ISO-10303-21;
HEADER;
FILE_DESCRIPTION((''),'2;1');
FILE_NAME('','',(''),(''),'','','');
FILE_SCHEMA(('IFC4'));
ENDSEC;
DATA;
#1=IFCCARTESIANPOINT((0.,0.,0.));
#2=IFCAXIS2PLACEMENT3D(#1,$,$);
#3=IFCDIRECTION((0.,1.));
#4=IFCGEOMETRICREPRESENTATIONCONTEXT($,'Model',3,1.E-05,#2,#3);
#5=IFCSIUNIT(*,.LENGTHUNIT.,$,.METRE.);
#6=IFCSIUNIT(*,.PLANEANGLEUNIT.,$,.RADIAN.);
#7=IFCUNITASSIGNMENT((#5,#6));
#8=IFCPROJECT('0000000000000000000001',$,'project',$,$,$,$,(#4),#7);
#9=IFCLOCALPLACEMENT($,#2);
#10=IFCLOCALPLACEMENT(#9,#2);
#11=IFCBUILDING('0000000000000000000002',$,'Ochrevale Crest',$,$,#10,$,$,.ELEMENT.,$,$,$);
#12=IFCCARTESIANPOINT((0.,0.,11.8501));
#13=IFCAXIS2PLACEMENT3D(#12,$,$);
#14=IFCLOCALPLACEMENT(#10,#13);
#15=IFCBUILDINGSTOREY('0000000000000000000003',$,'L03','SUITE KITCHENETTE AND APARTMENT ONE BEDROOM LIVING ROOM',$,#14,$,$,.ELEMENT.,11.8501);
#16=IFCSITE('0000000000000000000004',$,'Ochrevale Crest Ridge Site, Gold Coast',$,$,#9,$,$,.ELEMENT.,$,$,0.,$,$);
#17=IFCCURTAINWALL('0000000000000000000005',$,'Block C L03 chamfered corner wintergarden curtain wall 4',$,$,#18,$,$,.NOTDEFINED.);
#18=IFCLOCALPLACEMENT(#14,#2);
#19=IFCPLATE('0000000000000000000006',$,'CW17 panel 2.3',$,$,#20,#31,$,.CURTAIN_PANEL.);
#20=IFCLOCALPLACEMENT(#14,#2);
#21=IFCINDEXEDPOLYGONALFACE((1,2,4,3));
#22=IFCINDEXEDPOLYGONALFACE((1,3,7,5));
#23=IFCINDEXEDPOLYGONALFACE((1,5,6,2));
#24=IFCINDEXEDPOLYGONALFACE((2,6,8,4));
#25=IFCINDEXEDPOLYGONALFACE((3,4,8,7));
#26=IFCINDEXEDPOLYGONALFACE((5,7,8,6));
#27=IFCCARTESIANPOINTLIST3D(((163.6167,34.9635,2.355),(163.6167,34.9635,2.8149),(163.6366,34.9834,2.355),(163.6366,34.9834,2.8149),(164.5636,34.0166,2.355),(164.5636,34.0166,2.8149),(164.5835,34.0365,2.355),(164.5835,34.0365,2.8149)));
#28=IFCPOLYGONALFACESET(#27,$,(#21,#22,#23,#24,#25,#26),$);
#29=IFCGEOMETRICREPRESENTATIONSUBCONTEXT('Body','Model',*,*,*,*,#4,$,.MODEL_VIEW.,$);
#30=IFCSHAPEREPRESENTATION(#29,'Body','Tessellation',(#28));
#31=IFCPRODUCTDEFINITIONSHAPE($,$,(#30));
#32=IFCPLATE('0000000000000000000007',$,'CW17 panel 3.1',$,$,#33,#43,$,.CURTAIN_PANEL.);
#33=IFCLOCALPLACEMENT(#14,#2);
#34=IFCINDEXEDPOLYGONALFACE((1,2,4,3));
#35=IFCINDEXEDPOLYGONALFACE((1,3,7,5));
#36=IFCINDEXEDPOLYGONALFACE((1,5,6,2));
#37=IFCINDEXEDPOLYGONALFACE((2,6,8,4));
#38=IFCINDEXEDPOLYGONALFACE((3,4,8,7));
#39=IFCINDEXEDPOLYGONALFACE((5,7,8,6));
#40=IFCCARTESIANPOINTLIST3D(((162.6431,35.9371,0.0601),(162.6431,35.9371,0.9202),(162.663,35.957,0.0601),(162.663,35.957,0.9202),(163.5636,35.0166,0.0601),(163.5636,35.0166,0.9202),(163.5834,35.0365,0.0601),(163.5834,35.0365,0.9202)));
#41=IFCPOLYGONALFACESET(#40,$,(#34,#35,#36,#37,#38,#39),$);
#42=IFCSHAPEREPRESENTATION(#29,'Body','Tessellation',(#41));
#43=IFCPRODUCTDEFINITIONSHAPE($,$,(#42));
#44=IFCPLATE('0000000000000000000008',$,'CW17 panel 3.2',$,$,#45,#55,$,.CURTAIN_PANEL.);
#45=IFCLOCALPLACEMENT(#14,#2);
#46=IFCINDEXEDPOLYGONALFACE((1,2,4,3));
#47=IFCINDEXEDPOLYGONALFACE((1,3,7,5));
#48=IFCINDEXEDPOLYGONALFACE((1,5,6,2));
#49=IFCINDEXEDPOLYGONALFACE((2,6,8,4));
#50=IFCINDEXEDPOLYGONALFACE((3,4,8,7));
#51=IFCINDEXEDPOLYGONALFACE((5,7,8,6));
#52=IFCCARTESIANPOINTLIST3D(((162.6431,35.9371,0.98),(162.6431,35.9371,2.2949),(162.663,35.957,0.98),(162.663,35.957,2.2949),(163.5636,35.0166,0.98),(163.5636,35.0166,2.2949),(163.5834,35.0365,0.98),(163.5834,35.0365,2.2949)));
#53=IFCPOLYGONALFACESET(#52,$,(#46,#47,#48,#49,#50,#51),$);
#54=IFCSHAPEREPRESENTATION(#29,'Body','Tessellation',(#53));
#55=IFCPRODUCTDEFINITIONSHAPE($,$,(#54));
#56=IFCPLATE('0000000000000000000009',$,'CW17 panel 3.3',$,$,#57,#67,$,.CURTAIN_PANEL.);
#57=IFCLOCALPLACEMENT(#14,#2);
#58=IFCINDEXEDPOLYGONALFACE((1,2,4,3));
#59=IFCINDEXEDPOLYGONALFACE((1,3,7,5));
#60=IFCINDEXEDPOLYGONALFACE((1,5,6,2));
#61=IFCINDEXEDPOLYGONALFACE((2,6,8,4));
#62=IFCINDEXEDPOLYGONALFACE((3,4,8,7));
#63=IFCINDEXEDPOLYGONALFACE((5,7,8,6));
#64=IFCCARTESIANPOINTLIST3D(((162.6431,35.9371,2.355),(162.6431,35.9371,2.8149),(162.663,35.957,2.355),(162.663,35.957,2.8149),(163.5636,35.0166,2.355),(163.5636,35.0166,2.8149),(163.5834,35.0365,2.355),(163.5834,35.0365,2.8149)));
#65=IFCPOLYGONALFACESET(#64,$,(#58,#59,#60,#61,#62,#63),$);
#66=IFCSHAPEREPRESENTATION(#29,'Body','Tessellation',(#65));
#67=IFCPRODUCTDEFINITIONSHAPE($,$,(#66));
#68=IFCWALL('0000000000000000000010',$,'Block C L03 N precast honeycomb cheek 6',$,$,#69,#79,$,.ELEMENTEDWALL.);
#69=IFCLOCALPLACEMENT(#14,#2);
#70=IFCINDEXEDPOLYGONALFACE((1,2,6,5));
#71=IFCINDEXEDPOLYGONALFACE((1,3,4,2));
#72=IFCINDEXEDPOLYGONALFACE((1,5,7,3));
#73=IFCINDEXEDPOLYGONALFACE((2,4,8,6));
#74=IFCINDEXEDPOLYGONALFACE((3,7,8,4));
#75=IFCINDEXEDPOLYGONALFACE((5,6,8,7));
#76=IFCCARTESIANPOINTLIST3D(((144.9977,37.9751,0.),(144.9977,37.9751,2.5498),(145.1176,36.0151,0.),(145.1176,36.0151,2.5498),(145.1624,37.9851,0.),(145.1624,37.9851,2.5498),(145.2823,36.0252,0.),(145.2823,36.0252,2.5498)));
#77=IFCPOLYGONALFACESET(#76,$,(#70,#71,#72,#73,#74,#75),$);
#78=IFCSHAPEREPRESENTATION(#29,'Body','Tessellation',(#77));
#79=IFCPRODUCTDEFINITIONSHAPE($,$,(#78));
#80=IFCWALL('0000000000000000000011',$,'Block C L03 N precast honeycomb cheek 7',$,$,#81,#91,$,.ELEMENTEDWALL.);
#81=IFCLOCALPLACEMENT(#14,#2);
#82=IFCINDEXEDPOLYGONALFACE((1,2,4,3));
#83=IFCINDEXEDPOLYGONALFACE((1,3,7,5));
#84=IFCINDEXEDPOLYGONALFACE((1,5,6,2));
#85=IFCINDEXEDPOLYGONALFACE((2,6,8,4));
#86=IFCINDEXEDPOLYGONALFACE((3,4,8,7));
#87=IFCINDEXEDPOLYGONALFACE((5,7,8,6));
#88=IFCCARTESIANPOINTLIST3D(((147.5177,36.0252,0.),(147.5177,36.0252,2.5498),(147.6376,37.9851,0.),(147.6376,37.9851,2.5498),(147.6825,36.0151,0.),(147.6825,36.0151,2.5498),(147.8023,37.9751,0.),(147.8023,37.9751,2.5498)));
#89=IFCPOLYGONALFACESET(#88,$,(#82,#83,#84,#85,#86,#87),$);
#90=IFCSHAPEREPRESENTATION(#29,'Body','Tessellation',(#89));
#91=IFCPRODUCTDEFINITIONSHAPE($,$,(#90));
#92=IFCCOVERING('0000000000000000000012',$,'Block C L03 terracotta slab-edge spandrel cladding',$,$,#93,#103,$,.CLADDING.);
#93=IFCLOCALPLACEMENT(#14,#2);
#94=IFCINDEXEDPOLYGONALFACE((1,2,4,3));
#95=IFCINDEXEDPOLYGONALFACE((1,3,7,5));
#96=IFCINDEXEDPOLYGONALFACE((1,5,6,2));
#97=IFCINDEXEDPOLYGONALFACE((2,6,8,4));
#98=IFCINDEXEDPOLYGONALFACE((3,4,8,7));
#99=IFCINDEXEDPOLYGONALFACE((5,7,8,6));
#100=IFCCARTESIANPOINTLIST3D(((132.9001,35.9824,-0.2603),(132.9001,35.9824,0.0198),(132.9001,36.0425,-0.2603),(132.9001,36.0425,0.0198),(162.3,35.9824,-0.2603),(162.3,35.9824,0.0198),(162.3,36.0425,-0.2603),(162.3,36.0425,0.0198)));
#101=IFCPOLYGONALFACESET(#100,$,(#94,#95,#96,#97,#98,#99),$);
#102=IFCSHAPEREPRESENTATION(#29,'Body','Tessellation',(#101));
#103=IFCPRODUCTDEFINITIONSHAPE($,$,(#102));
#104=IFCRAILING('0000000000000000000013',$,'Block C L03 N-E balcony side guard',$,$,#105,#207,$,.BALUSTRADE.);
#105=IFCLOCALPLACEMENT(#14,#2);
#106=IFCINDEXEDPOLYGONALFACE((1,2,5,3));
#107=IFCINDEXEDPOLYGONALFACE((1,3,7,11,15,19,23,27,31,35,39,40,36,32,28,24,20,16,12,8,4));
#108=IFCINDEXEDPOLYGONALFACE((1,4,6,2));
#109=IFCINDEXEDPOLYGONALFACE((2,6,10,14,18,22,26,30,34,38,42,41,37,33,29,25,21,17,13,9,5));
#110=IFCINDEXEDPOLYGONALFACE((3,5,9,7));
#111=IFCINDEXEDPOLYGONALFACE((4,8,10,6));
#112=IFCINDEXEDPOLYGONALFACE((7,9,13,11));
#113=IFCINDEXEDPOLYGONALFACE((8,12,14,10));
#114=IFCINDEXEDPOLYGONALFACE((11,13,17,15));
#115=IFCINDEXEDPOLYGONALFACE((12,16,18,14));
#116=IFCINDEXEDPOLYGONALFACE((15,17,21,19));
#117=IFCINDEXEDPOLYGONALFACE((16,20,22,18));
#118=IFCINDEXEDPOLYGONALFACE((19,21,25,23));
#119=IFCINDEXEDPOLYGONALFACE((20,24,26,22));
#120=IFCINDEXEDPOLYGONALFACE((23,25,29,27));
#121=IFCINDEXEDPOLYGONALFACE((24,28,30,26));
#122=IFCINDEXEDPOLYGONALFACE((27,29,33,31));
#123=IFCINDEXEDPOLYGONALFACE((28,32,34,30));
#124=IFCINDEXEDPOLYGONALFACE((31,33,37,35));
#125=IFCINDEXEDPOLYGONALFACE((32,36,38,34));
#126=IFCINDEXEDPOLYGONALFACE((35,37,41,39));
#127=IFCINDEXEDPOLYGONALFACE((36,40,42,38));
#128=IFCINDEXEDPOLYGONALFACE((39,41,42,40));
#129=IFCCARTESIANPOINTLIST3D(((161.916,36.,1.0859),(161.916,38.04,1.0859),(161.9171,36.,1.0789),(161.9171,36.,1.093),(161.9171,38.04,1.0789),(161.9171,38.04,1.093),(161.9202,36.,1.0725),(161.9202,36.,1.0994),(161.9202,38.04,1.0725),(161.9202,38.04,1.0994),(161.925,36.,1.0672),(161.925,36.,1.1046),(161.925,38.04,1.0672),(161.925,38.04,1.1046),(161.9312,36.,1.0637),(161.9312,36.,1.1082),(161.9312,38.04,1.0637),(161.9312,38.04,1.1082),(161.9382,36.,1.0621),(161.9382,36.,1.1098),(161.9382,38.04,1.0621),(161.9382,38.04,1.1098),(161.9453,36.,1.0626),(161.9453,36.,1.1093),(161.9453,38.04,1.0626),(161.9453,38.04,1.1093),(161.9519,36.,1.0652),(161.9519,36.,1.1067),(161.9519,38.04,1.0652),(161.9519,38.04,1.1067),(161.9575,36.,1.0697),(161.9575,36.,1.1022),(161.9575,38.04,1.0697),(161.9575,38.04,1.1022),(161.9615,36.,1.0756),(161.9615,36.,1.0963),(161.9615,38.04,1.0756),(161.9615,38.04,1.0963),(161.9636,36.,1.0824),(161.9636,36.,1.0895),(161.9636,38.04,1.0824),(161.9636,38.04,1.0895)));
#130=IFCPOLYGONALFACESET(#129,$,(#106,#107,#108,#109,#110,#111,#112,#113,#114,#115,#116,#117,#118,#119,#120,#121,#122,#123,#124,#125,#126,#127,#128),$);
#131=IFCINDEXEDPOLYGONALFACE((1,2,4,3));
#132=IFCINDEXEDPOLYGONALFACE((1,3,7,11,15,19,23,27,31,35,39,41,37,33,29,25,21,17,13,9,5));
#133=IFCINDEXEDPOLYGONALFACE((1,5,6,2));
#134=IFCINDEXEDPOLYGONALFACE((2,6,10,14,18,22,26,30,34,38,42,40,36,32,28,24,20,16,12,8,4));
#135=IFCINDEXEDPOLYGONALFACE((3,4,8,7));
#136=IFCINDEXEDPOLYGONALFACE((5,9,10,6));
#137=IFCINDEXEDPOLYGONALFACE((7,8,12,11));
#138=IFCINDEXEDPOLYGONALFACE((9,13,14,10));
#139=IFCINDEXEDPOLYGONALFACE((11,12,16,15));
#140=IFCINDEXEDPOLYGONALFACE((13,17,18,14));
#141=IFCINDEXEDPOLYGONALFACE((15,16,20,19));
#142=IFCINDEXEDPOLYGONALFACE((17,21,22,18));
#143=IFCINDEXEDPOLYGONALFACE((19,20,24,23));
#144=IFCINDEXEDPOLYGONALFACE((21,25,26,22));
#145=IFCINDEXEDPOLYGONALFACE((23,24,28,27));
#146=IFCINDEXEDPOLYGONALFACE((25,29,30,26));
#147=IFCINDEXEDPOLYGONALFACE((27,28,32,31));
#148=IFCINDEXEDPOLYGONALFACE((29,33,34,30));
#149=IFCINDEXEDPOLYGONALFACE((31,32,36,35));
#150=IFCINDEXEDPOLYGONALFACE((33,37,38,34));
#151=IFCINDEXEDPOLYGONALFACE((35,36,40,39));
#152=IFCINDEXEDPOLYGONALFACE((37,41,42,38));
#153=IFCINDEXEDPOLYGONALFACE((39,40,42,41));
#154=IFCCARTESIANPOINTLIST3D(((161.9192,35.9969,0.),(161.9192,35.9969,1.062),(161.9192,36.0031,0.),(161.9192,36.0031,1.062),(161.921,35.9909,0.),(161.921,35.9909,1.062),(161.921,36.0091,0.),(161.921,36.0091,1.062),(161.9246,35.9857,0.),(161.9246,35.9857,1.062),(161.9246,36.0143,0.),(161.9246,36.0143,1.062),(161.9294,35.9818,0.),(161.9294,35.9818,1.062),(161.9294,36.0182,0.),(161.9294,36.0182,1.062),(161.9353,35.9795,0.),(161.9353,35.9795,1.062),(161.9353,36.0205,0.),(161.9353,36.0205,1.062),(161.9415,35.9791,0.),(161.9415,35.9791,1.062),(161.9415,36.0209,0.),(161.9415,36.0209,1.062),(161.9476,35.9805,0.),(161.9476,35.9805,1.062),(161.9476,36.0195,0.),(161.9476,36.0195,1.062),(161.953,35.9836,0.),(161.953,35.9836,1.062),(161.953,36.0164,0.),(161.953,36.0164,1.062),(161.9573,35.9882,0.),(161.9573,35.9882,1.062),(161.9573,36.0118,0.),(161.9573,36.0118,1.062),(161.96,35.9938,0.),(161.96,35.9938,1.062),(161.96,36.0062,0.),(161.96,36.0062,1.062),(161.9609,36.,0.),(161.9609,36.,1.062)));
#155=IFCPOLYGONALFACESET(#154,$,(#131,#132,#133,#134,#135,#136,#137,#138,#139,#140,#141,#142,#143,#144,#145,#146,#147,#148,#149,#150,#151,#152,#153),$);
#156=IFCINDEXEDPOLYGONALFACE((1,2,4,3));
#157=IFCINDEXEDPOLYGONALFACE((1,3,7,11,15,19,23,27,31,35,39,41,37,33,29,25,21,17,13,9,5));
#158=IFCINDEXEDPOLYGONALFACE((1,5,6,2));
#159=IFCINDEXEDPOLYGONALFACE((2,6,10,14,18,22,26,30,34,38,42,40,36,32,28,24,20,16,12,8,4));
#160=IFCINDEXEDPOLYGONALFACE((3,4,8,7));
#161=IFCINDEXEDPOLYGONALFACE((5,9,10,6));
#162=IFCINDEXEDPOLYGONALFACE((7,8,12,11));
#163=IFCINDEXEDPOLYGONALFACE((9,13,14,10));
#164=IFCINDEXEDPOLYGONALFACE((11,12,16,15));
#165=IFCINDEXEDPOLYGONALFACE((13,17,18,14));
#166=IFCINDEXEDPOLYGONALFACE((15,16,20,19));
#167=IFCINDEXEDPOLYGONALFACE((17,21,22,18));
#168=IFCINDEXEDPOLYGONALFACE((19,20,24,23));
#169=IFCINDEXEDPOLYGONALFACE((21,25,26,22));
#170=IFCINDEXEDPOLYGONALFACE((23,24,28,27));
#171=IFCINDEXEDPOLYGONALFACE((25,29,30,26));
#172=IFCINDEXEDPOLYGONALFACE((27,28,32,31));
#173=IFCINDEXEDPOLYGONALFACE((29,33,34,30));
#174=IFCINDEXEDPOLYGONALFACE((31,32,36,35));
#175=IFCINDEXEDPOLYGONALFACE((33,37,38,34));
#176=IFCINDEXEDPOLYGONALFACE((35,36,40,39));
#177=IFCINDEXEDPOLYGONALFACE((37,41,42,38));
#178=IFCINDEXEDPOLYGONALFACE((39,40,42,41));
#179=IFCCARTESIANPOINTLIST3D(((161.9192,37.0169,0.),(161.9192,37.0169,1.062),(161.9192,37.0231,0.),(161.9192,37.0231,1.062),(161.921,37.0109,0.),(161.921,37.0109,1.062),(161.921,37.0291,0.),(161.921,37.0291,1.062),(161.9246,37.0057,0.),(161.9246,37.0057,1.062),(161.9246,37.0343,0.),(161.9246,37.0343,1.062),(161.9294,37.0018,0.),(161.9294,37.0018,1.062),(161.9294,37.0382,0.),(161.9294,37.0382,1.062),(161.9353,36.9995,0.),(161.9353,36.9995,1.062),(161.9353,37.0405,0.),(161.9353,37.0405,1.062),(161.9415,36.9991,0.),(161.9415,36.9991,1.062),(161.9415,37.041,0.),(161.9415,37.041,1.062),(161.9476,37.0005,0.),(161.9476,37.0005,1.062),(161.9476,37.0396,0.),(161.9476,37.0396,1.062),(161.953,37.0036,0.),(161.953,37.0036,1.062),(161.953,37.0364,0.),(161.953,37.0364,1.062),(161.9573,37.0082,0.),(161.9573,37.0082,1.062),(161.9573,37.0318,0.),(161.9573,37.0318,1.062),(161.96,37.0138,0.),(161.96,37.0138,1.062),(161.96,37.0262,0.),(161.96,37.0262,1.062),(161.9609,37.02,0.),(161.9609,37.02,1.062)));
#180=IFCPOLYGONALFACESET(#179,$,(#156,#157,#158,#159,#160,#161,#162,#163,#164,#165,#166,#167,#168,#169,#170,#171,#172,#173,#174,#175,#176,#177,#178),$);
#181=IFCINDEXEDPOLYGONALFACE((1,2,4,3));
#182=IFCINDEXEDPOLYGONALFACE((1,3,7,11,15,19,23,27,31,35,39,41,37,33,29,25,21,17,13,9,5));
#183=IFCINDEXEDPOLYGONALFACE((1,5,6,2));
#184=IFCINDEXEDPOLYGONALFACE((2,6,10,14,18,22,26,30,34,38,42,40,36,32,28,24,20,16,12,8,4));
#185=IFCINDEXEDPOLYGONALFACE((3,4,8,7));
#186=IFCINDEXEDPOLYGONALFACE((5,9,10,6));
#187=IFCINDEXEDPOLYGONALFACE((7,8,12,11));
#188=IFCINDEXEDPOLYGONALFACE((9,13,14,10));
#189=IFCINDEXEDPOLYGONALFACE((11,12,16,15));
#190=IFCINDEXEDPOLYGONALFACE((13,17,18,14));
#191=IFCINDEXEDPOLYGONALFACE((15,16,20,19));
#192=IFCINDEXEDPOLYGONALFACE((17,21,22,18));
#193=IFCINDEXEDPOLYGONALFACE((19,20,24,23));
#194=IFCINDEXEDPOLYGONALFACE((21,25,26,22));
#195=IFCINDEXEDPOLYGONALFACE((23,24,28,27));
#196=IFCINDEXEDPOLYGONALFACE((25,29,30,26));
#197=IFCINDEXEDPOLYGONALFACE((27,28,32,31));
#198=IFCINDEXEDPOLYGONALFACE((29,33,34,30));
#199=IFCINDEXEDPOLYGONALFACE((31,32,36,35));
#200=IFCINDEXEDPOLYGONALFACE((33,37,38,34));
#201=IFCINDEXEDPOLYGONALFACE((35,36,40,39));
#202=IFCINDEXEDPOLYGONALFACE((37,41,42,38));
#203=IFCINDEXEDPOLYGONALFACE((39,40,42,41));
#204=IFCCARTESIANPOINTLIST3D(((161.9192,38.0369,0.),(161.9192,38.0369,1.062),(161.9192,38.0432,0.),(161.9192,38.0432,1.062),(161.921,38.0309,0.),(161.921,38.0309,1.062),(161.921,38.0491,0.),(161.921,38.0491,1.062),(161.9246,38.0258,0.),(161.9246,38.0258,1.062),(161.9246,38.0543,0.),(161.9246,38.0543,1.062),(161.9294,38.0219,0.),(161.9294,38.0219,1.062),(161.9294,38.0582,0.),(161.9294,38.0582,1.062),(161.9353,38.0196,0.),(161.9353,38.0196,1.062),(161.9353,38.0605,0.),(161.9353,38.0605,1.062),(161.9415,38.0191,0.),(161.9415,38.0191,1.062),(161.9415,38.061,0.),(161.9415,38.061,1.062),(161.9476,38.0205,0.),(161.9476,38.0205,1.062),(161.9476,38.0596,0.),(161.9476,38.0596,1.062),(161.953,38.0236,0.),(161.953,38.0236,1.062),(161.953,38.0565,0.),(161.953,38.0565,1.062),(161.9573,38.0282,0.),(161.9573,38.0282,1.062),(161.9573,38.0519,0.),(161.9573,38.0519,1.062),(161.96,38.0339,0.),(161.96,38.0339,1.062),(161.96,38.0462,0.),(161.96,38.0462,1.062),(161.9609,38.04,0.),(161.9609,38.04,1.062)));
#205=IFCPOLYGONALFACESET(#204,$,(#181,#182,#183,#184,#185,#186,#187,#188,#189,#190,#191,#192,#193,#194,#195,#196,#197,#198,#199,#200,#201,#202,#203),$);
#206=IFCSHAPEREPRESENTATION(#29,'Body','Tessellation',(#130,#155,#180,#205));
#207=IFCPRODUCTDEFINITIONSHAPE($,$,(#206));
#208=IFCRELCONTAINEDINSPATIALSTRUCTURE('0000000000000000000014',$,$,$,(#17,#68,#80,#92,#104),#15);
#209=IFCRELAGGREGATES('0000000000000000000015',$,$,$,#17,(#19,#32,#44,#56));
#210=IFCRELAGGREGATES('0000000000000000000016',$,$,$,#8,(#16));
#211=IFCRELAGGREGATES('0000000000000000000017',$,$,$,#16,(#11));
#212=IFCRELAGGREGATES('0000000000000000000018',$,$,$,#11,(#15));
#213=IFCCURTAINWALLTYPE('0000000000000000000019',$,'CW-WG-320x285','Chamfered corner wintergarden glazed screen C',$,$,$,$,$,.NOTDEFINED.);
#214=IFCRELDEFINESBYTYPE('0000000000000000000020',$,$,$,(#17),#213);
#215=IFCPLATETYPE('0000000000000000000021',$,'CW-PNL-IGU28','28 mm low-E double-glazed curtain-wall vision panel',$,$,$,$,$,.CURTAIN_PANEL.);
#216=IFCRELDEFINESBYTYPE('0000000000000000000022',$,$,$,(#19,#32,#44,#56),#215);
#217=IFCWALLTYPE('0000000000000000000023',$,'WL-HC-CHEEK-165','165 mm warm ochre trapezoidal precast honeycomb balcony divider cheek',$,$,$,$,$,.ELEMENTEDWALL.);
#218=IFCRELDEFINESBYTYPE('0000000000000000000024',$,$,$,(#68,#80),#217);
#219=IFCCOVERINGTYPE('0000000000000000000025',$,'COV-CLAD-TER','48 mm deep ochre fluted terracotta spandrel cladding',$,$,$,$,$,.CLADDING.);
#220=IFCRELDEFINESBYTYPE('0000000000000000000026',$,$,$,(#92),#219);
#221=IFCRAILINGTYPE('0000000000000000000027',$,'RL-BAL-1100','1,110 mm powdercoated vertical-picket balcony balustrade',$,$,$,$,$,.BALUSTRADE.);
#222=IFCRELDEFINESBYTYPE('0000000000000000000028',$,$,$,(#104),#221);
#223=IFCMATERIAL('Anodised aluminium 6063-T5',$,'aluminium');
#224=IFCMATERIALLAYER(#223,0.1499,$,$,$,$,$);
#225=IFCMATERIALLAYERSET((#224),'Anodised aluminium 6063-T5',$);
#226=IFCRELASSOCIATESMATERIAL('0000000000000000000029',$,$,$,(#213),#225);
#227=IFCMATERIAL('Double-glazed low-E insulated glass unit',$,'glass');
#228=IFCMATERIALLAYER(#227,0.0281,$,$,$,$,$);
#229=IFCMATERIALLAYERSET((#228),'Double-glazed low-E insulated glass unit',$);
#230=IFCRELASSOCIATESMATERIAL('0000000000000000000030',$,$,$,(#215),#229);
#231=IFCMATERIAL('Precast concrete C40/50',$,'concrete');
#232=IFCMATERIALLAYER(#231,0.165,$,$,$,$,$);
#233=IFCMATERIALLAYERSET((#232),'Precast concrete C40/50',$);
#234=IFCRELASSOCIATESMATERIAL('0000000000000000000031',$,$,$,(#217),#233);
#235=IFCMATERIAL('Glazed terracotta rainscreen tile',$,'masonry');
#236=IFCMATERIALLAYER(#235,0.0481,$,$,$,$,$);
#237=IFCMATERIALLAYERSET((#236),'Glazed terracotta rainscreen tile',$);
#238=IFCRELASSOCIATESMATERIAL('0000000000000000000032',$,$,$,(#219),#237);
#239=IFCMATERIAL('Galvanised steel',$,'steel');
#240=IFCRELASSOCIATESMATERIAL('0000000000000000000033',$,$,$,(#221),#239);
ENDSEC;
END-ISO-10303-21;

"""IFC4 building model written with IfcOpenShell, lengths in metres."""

from ifc_helpers import new_model, si_unit, direction, frame, frame_2d, origin, origin_2d, place, context, subcontext, project, spatial, rectangle, circle, extrude, material, layer, layer_set, type_object, element, aggregate, save


model = new_model("IFC4")

# Units and contexts
model_context = context("Model", 3, precision=1e-05, world=origin(), true_north=direction((0.0, 1.0)))
body_context = subcontext(model_context, "Body", "Model", "MODEL_VIEW")
ifc_project = project(units=[si_unit("LENGTHUNIT", "METRE"), si_unit("PLANEANGLEUNIT", "RADIAN")], contexts=[model_context])

# Site, building, storey
site_placement = place(None, origin())
site = spatial("IfcSite", under=ifc_project, at=site_placement, Name="Ochrevale Crest Ridge Site, Gold Coast", CompositionType="ELEMENT", RefElevation=0.0)
building_placement = place(site_placement, origin())
building = spatial("IfcBuilding", under=site, at=building_placement, Name="Ochrevale Crest", CompositionType="ELEMENT")
storey_placement = place(building_placement, frame((0.0, 0.0, 11.8501)))
storey = spatial("IfcBuildingStorey", under=building, at=storey_placement, Name="L03", Description="SUITE KITCHENETTE AND APARTMENT ONE BEDROOM LIVING ROOM", CompositionType="ELEMENT", Elevation=11.8501)

# Shared definitions
ifc_material_1 = material(Name="Precast concrete C40/50", Category="concrete")

# Curtain wall, plates
ifc_material_2 = material(Name="Anodised aluminium 6063-T5", Category="aluminium")
ifc_layer_1 = layer(ifc_material_2, 0.1499)
ifc_layer_set_1 = layer_set([ifc_layer_1], Name="Anodised aluminium 6063-T5")
curtain_wall_type = type_object("IfcCurtainWallType", Name="CW-WG-320x285", Description="Chamfered corner wintergarden glazed screen C", PredefinedType="NOTDEFINED", material=ifc_layer_set_1)
curtain_wall_placement = place(storey_placement, origin())
curtain_wall = element("IfcCurtainWall", 1, at=curtain_wall_placement, inside=storey, type_object=curtain_wall_type, Name="Block C L03 chamfered corner wintergarden curtain wall 4", PredefinedType="NOTDEFINED")
ifc_material_3 = material(Name="Double-glazed low-E insulated glass unit", Category="glass")
ifc_layer_2 = layer(ifc_material_3, 0.0281)
ifc_layer_set_2 = layer_set([ifc_layer_2], Name="Double-glazed low-E insulated glass unit")
plate_type = type_object("IfcPlateType", Name="CW-PNL-IGU28", Description="28 mm low-E double-glazed curtain-wall vision panel", PredefinedType="CURTAIN_PANEL", material=ifc_layer_set_2)
plate_1_placement = place(storey_placement, frame((164.1001, 34.5, 2.355), z_axis=(0.0, 0.0, 1.0), x_axis=(-0.707107, 0.707107, 0.0)))
plate_1 = element("IfcPlate", 2, at=plate_1_placement, type_object=plate_type, Name="CW17 panel 2.3", PredefinedType="CURTAIN_PANEL", context=body_context, shape_type="SweptSolid", body=[
    extrude(rectangle(XDim=1.3391, YDim=0.0281, at=origin_2d()), origin(), (0.0, 0.0, 1.0), 0.46),
])
plate_2_placement = place(storey_placement, frame((163.1133, 35.4868, 0.0601), z_axis=(0.0, 0.0, 1.0), x_axis=(-0.707107, 0.707107, 0.0)))
plate_2 = element("IfcPlate", 3, at=plate_2_placement, type_object=plate_type, Name="CW17 panel 3.1", PredefinedType="CURTAIN_PANEL", context=body_context, shape_type="SweptSolid", body=[
    extrude(rectangle(XDim=1.3018, YDim=0.0281, at=origin_2d()), origin(), (0.0, 0.0, 1.0), 0.8601),
])
plate_3_placement = place(storey_placement, frame((163.1133, 35.4868, 0.98), z_axis=(0.0, 0.0, 1.0), x_axis=(-0.707107, 0.707107, 0.0)))
plate_3 = element("IfcPlate", 4, at=plate_3_placement, type_object=plate_type, Name="CW17 panel 3.2", PredefinedType="CURTAIN_PANEL", context=body_context, shape_type="SweptSolid", body=[
    extrude(rectangle(XDim=1.3018, YDim=0.0281, at=origin_2d()), origin(), (0.0, 0.0, 1.0), 1.3149),
])
plate_4_placement = place(storey_placement, frame((163.1133, 35.4868, 2.355), z_axis=(0.0, 0.0, 1.0), x_axis=(-0.707107, 0.707107, 0.0)))
plate_4 = element("IfcPlate", 5, at=plate_4_placement, type_object=plate_type, Name="CW17 panel 3.3", PredefinedType="CURTAIN_PANEL", context=body_context, shape_type="SweptSolid", body=[
    extrude(rectangle(XDim=1.3018, YDim=0.0281, at=origin_2d()), origin(), (0.0, 0.0, 1.0), 0.46),
])
aggregate(curtain_wall, [plate_1, plate_2, plate_3, plate_4])

# Walls
ifc_layer_3 = layer(ifc_material_1, 0.165)
ifc_layer_set_3 = layer_set([ifc_layer_3], Name="Precast concrete C40/50")
wall_type_1 = type_object("IfcWallType", Name="WL-HC-CHEEK-165", Description="165 mm warm ochre trapezoidal precast honeycomb balcony divider cheek", PredefinedType="ELEMENTEDWALL", material=ifc_layer_set_3)
for number, where, z_axis, x_axis, name in (
    (6, (145.2, 36.02, 0.0), (0.0, 0.0, 1.0), (-0.061047, 0.998135, 0.0), "Block C L03 N precast honeycomb cheek 6"),
    (7, (147.6001, 36.02, 0.0), (0.0, 0.0, 1.0), (0.061047, 0.998135, 0.0), "Block C L03 N precast honeycomb cheek 7"),
):
    element("IfcWall", number, at=place(storey_placement, frame(where, z_axis=z_axis, x_axis=x_axis)), inside=storey, type_object=wall_type_1, Name=name, PredefinedType="ELEMENTEDWALL", context=body_context, shape_type="SweptSolid", body=[
        extrude(rectangle(XDim=1.9636, YDim=0.165, at=frame_2d((0.9819, 0.0))), origin(), (0.0, 0.0, 1.0), 2.5498),
    ])

# Covering
ifc_material_4 = material(Name="Glazed terracotta rainscreen tile", Category="masonry")
ifc_layer_4 = layer(ifc_material_4, 0.0481)
ifc_layer_set_4 = layer_set([ifc_layer_4], Name="Glazed terracotta rainscreen tile")
covering_type = type_object("IfcCoveringType", Name="COV-CLAD-TER", Description="48 mm deep ochre fluted terracotta spandrel cladding", PredefinedType="CLADDING", material=ifc_layer_set_4)
covering_placement = place(storey_placement, frame((147.6001, 36.0125, -0.2603), z_axis=(0.0, 0.0, 1.0), x_axis=(-1.0, 0.0, 0.0)))
element("IfcCovering", 8, at=covering_placement, inside=storey, type_object=covering_type, Name="Block C L03 terracotta slab-edge spandrel cladding", PredefinedType="CLADDING", context=body_context, shape_type="SweptSolid", body=[
    extrude(rectangle(XDim=29.3999, YDim=0.0601, at=origin_2d()), origin(), (0.0, 0.0, 1.0), 0.28),
])

# Railing
ifc_material_5 = material(Name="Galvanised steel", Category="steel")
railing_type = type_object("IfcRailingType", Name="RL-BAL-1100", Description="1,110 mm powdercoated vertical-picket balcony balustrade", PredefinedType="BALUSTRADE", material=ifc_material_5)
railing_placement = place(storey_placement, frame((161.9399, 36.0, 0.0)))
element("IfcRailing", 9, at=railing_placement, inside=storey, type_object=railing_type, Name="Block C L03 N-E balcony side guard", PredefinedType="BALUSTRADE", context=body_context, shape_type="SweptSolid", body=[
    extrude(circle(Radius=0.0239, at=origin_2d()), frame((0.0, 0.0, 1.0859), z_axis=(0.0, 1.0, 0.0), x_axis=(-1.0, 0.0, 0.0)), (0.0, 0.0, 1.0), 2.04),
    extrude(circle(Radius=0.021, at=origin_2d()), origin(), (0.0, 0.0, 1.0), 1.062),
    extrude(circle(Radius=0.021, at=origin_2d()), frame((0.0, 1.02, 0.0)), (0.0, 0.0, 1.0), 1.062),
    extrude(circle(Radius=0.021, at=origin_2d()), frame((0.0, 2.04, 0.0)), (0.0, 0.0, 1.0), 1.062),
])

save(model, "model.ifc")
